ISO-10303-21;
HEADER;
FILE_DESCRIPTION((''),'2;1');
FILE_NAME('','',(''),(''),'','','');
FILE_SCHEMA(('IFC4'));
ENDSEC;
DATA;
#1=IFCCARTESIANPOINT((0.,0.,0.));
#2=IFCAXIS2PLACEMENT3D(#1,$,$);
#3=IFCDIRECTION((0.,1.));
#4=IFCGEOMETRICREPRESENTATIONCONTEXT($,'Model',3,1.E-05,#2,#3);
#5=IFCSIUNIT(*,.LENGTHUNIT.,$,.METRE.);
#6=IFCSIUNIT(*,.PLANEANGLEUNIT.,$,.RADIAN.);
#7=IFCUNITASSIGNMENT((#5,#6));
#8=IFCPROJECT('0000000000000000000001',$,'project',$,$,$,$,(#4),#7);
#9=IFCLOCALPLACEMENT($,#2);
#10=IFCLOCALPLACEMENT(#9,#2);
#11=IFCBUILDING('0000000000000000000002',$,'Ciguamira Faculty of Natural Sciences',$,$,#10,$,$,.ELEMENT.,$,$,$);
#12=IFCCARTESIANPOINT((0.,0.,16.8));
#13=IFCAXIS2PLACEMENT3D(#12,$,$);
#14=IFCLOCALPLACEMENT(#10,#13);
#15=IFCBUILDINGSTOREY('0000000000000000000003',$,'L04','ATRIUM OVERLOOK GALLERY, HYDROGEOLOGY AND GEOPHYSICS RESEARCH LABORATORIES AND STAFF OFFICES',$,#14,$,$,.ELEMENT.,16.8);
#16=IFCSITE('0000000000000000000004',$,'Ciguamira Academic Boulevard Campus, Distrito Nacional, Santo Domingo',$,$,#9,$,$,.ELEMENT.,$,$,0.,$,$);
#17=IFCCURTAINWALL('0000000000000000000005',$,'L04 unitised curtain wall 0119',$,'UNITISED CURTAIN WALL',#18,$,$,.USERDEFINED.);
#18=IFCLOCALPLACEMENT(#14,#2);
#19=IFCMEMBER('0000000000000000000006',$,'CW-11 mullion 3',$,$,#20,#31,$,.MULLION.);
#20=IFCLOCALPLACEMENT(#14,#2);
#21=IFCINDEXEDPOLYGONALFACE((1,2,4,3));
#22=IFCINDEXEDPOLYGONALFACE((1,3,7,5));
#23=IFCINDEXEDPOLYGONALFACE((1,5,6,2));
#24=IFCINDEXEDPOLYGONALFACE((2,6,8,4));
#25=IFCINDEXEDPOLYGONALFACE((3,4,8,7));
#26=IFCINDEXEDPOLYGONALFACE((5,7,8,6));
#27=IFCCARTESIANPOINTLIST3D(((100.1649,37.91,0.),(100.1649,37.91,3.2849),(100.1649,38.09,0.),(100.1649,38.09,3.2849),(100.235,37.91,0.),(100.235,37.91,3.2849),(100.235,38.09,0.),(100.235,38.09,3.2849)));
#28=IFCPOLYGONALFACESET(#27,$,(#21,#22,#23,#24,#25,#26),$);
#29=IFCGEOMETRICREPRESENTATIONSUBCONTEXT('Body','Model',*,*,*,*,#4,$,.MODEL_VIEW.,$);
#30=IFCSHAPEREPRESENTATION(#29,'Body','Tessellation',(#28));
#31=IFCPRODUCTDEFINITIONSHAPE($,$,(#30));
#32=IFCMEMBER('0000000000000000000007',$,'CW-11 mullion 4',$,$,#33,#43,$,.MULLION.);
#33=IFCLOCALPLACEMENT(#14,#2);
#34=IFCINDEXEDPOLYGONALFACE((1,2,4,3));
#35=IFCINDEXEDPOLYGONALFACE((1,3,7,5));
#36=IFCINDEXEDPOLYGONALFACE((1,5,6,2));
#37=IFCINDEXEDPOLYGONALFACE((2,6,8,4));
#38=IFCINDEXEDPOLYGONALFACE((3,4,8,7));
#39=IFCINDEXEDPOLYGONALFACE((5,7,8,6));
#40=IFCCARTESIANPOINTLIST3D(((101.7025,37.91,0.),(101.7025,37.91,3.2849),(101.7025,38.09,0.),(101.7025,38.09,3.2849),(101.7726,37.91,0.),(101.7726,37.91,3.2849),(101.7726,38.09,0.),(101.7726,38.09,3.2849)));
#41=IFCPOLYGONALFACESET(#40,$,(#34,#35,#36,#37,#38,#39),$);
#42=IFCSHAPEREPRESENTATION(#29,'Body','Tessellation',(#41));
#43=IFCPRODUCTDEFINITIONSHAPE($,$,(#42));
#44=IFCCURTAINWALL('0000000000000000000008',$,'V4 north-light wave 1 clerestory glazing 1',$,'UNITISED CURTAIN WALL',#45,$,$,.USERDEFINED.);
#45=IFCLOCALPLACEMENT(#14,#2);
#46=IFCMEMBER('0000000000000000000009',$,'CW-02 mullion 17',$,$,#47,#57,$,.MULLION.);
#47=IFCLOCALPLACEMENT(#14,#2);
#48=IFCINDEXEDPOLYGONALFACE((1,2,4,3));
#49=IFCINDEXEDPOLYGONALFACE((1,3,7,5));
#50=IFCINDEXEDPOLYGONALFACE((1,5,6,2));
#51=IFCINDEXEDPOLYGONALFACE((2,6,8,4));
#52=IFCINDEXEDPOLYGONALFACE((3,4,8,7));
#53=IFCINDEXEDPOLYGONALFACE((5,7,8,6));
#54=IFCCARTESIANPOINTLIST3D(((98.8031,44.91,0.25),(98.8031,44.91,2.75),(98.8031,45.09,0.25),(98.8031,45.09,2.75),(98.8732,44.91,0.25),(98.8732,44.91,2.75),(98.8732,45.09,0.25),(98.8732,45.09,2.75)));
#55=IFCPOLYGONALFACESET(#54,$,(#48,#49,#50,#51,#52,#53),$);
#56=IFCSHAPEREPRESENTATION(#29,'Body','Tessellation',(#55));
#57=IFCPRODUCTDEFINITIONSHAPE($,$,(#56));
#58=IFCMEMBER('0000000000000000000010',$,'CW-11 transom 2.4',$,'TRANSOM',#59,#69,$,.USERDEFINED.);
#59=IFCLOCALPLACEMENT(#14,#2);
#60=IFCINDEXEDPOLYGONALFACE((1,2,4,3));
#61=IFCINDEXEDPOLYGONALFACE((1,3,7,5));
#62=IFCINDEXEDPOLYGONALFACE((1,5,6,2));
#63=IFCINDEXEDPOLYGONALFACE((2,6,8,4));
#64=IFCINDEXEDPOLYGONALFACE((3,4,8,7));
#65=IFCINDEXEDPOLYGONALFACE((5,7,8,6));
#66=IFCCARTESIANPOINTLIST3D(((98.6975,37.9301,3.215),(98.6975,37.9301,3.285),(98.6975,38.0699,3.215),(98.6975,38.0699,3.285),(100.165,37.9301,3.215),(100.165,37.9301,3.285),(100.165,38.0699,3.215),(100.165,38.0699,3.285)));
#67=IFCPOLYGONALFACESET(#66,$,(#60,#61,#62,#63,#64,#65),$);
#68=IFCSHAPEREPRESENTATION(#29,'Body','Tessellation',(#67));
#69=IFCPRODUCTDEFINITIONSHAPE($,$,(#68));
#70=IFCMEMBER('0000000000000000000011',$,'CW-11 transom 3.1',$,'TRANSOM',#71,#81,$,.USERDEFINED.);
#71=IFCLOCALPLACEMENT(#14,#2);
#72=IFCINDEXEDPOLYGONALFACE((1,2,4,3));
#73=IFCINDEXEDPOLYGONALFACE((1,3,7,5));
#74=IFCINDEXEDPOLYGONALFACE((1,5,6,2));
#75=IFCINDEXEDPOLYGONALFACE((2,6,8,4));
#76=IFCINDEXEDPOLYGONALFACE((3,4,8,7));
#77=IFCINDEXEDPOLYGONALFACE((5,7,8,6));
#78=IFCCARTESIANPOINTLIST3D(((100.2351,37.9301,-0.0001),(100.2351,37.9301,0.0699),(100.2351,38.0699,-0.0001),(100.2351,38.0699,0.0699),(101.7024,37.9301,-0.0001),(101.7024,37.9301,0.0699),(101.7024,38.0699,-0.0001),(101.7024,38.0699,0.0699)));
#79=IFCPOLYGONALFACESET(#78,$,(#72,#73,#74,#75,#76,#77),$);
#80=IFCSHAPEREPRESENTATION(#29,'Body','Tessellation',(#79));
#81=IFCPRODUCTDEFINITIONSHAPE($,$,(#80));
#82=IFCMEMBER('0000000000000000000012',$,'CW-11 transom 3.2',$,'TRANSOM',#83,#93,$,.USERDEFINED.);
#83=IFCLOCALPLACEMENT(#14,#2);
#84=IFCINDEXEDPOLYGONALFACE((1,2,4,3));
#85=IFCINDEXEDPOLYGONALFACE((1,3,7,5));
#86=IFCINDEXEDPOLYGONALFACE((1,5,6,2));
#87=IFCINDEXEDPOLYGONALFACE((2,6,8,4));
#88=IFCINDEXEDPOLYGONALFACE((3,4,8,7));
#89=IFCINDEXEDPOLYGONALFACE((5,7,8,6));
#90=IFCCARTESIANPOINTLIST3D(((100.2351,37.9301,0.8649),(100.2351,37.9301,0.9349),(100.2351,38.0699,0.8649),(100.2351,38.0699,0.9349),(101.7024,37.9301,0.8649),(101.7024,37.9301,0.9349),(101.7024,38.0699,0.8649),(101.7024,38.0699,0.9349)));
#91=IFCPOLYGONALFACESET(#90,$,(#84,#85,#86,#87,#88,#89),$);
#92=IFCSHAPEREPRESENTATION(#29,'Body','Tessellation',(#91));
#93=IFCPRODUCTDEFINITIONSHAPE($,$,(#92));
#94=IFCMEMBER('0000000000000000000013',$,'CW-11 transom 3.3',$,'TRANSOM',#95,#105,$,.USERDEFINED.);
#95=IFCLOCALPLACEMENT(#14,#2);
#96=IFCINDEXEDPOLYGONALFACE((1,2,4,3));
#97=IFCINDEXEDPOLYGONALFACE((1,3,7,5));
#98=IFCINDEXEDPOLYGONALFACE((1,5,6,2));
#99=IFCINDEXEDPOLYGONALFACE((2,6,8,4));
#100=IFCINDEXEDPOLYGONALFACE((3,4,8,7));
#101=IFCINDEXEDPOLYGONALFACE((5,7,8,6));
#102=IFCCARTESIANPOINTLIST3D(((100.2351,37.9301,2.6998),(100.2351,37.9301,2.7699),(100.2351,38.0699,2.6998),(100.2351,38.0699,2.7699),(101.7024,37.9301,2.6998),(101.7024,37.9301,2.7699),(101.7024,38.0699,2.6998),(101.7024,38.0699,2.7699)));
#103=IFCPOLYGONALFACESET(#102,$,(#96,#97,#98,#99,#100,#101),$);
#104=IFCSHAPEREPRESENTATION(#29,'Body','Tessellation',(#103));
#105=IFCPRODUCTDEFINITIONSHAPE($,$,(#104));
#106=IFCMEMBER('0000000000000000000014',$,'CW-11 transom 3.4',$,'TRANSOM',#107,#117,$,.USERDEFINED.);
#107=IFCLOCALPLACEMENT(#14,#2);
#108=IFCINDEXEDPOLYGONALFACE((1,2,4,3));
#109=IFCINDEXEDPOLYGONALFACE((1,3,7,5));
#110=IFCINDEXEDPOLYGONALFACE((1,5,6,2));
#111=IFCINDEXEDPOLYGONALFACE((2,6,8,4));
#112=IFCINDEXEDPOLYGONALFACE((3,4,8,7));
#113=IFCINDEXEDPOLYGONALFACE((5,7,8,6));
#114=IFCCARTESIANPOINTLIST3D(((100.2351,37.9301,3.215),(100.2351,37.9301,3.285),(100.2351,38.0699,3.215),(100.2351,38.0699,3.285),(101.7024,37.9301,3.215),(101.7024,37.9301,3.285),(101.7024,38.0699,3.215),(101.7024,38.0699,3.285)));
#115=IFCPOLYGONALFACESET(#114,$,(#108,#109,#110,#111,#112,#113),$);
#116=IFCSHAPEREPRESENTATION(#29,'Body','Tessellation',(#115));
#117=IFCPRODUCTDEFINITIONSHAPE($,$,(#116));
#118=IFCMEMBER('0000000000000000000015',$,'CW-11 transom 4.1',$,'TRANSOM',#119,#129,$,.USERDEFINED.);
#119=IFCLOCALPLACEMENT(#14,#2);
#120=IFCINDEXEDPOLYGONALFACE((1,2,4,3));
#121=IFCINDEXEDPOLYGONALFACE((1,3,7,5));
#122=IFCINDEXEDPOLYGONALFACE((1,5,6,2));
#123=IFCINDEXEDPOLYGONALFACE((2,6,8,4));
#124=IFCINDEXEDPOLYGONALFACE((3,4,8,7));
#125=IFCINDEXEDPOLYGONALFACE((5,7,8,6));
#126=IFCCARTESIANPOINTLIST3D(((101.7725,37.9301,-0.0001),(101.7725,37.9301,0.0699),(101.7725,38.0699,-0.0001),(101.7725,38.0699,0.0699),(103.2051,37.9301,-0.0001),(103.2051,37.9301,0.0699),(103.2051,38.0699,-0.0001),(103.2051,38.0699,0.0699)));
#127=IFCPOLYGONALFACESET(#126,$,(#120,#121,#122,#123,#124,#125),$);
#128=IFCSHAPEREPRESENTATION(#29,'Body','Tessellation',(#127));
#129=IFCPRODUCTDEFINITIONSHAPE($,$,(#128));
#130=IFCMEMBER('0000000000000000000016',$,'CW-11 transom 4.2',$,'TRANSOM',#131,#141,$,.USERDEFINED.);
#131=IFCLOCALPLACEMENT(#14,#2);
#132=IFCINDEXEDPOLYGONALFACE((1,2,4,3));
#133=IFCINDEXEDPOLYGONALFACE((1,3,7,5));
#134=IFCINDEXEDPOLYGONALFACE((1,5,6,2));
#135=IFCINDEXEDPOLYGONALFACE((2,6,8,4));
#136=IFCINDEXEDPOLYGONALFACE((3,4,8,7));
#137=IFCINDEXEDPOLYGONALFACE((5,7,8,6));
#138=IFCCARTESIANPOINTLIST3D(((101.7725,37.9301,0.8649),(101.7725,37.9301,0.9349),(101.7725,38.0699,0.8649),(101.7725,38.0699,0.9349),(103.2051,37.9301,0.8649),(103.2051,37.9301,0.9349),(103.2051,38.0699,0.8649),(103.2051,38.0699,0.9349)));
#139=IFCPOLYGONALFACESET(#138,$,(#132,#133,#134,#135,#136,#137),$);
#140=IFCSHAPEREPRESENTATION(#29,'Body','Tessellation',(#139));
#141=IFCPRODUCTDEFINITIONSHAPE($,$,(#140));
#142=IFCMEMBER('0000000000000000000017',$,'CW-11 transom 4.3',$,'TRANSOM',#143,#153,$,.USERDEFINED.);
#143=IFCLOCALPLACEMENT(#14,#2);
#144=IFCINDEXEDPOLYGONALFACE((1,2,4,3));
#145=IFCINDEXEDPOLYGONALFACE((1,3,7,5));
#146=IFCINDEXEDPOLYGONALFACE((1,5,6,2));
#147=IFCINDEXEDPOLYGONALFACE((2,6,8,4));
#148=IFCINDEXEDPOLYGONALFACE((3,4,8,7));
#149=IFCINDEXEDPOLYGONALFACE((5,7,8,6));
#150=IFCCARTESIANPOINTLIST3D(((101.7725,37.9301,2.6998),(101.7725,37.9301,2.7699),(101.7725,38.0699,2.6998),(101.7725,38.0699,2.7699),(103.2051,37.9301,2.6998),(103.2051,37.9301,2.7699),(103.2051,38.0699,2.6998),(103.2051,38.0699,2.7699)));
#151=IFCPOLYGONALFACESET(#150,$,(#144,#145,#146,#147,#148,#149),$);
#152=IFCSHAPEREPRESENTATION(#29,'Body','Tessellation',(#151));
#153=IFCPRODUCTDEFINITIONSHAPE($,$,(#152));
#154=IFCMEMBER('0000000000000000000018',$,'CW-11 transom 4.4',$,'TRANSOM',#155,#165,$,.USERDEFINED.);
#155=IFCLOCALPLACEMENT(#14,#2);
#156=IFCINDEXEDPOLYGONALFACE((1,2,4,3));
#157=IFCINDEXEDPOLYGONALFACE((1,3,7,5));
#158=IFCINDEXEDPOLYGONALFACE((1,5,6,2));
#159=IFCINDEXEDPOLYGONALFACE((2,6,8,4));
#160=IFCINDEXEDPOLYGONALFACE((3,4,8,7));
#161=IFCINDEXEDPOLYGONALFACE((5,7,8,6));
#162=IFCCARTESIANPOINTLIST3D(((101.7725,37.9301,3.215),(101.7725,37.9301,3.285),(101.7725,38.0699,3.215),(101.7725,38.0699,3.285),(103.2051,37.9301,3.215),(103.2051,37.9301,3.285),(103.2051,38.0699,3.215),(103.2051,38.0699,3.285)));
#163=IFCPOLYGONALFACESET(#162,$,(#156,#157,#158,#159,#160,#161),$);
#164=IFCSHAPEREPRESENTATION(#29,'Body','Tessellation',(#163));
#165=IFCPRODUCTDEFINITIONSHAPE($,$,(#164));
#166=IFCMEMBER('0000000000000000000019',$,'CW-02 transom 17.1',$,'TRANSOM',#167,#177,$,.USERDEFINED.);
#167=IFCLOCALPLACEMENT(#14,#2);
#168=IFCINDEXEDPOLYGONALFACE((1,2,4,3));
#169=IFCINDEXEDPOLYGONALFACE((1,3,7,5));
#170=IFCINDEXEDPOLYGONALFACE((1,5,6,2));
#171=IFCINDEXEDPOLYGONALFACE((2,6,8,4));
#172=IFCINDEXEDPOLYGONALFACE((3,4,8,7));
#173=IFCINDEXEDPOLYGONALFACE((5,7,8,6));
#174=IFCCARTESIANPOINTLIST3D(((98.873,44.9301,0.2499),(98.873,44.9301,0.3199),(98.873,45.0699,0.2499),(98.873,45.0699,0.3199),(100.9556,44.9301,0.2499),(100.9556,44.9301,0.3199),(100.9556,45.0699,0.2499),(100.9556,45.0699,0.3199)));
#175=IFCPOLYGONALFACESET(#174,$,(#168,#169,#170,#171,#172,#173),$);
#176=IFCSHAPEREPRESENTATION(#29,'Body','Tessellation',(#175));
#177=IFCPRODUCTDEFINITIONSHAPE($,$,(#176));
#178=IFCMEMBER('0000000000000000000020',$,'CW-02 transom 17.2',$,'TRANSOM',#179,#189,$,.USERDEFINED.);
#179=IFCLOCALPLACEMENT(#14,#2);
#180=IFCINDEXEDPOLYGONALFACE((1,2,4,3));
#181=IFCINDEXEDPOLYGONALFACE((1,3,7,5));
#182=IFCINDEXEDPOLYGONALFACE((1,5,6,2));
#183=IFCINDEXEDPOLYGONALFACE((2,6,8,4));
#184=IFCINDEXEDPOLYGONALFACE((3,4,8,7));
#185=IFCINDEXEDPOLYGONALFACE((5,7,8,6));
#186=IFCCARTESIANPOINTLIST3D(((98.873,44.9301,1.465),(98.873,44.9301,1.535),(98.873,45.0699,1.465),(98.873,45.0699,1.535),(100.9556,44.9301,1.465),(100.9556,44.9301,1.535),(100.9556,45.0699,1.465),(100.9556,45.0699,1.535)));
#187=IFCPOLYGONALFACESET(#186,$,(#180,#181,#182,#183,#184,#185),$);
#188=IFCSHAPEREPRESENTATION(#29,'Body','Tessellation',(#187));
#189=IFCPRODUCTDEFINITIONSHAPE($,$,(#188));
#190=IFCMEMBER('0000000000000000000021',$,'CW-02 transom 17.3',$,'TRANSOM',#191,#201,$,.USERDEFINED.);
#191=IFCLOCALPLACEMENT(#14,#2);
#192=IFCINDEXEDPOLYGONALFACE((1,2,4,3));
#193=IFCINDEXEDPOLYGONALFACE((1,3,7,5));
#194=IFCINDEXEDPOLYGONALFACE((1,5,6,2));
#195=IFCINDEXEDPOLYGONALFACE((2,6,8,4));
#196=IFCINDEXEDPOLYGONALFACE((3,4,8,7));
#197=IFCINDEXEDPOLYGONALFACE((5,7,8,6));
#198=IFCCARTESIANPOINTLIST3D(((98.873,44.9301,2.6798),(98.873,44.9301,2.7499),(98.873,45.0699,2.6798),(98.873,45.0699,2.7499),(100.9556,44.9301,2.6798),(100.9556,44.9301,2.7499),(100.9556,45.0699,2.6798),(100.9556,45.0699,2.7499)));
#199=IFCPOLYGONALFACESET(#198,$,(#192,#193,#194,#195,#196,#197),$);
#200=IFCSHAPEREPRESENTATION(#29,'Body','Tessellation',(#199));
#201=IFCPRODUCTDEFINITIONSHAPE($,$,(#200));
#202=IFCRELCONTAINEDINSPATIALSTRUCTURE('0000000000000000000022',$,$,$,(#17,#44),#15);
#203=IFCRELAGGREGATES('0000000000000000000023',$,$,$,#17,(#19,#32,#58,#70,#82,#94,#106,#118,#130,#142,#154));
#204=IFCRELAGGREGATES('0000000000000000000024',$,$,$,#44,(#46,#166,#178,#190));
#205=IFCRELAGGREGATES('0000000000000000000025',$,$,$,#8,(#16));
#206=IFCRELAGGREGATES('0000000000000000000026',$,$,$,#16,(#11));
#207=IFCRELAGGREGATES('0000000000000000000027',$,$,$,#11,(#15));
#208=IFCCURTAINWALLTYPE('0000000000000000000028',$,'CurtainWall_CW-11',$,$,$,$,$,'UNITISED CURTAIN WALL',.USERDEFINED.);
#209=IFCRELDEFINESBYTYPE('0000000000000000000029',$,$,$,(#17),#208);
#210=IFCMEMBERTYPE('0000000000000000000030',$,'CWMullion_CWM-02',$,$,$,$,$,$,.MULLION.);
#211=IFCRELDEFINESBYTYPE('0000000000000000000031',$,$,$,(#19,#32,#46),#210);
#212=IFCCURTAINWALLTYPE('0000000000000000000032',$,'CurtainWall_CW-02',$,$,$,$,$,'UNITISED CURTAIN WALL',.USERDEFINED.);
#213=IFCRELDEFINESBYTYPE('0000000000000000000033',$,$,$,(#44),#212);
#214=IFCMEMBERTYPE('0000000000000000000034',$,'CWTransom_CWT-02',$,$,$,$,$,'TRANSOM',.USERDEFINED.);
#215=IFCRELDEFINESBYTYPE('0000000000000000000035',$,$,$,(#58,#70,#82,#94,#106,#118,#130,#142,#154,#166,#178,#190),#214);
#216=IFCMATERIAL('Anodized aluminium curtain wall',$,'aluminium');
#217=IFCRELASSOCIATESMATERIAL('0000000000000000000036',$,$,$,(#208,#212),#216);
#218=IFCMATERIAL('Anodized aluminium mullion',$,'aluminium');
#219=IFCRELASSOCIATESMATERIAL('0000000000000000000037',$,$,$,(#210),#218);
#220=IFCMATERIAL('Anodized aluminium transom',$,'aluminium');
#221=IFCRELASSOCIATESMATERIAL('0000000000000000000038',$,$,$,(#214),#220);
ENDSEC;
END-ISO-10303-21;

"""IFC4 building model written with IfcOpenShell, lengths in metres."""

from ifc_helpers import new_model, si_unit, direction, frame, origin, origin_2d, place, context, subcontext, project, spatial, rectangle, extrude, material, material_profile, profile_set, type_object, element, aggregate, save


model = new_model("IFC4")

# Units and contexts
model_context = context("Model", 3, precision=1e-05, world=origin(), true_north=direction((0.0, 1.0)))
body_context = subcontext(model_context, "Body", "Model", "MODEL_VIEW")
ifc_project = project(units=[si_unit("LENGTHUNIT", "METRE"), si_unit("PLANEANGLEUNIT", "RADIAN")], contexts=[model_context])

# Site, building, storey
site_placement = place(None, origin())
site = spatial("IfcSite", under=ifc_project, at=site_placement, Name="Ciguamira Academic Boulevard Campus, Distrito Nacional, Santo Domingo", CompositionType="ELEMENT", RefElevation=0.0)
building_placement = place(site_placement, origin())
building = spatial("IfcBuilding", under=site, at=building_placement, Name="Ciguamira Faculty of Natural Sciences", CompositionType="ELEMENT")
storey_placement = place(building_placement, frame((0.0, 0.0, 16.8)))
storey = spatial("IfcBuildingStorey", under=building, at=storey_placement, Name="L04", Description="ATRIUM OVERLOOK GALLERY, HYDROGEOLOGY AND GEOPHYSICS RESEARCH LABORATORIES AND STAFF OFFICES", CompositionType="ELEMENT", Elevation=16.8)

# Curtain wall, members
ifc_material_1 = material(Name="Anodized aluminium curtain wall", Category="aluminium")
curtain_wall_type_1 = type_object("IfcCurtainWallType", Name="CurtainWall_CW-11", ElementType="UNITISED CURTAIN WALL", PredefinedType="USERDEFINED", material=ifc_material_1)
curtain_wall_1_placement = place(storey_placement, origin())
curtain_wall_1 = element("IfcCurtainWall", 1, at=curtain_wall_1_placement, inside=storey, type_object=curtain_wall_type_1, Name="L04 unitised curtain wall 0119", ObjectType="UNITISED CURTAIN WALL", PredefinedType="USERDEFINED")
ifc_material_2 = material(Name="Anodized aluminium mullion", Category="aluminium")
ifc_material_profile_1 = material_profile(ifc_material_2, rectangle(XDim=0.0701, YDim=0.1799, at=origin_2d()), Name="ALU-MUL-70X180")
ifc_profile_set_1 = profile_set([ifc_material_profile_1], Name="Anodized aluminium mullion")
member_type_1 = type_object("IfcMemberType", Name="CWMullion_CWM-02", PredefinedType="MULLION", material=ifc_profile_set_1)
member_1_placement = place(storey_placement, frame((100.2, 38.0, 0.0), z_axis=(0.0, 0.0, 1.0), x_axis=(1.0, 0.0, 0.0)))
member_1 = element("IfcMember", 2, at=member_1_placement, type_object=member_type_1, Name="CW-11 mullion 3", PredefinedType="MULLION", context=body_context, shape_type="SweptSolid", body=[
    extrude(rectangle(XDim=0.0701, YDim=0.1799, at=origin_2d()), origin(), (0.0, 0.0, 1.0), 3.2849),
])
member_2_placement = place(storey_placement, frame((101.7375, 38.0, 0.0), z_axis=(0.0, 0.0, 1.0), x_axis=(1.0, 0.0, 0.0)))
member_2 = element("IfcMember", 3, at=member_2_placement, type_object=member_type_1, Name="CW-11 mullion 4", PredefinedType="MULLION", context=body_context, shape_type="SweptSolid", body=[
    extrude(rectangle(XDim=0.0701, YDim=0.1799, at=origin_2d()), origin(), (0.0, 0.0, 1.0), 3.2849),
])

# Curtain wall, member
curtain_wall_type_2 = type_object("IfcCurtainWallType", Name="CurtainWall_CW-02", ElementType="UNITISED CURTAIN WALL", PredefinedType="USERDEFINED", material=ifc_material_1)
curtain_wall_2_placement = place(storey_placement, origin())
curtain_wall_2 = element("IfcCurtainWall", 4, at=curtain_wall_2_placement, inside=storey, type_object=curtain_wall_type_2, Name="V4 north-light wave 1 clerestory glazing 1", ObjectType="UNITISED CURTAIN WALL", PredefinedType="USERDEFINED")
member_3_placement = place(storey_placement, frame((98.8381, 45.0, 0.25), z_axis=(0.0, 0.0, 1.0), x_axis=(1.0, 0.0, 0.0)))
member_3 = element("IfcMember", 5, at=member_3_placement, type_object=member_type_1, Name="CW-02 mullion 17", PredefinedType="MULLION", context=body_context, shape_type="SweptSolid", body=[
    extrude(rectangle(XDim=0.0701, YDim=0.1799, at=origin_2d()), origin(), (0.0, 0.0, 1.0), 2.5),
])

# Members
ifc_material_3 = material(Name="Anodized aluminium transom", Category="aluminium")
ifc_material_profile_2 = material_profile(ifc_material_3, rectangle(XDim=0.0701, YDim=0.1399, at=origin_2d()), Name="ALU-TRN-70X140")
ifc_profile_set_2 = profile_set([ifc_material_profile_2], Name="Anodized aluminium transom")
member_type_2 = type_object("IfcMemberType", Name="CWTransom_CWT-02", ElementType="TRANSOM", PredefinedType="USERDEFINED", material=ifc_profile_set_2)
member_4_placement = place(storey_placement, frame((98.6975, 38.0, 3.25), z_axis=(1.0, 0.0, 0.0), x_axis=(0.0, 0.0, 1.0)))
member_4 = element("IfcMember", 6, at=member_4_placement, type_object=member_type_2, Name="CW-11 transom 2.4", ObjectType="TRANSOM", PredefinedType="USERDEFINED", context=body_context, shape_type="SweptSolid", body=[
    extrude(rectangle(XDim=0.0701, YDim=0.1399, at=origin_2d()), origin(), (0.0, 0.0, 1.0), 1.4675),
])
member_5_placement = place(storey_placement, frame((100.2351, 38.0, 0.0349), z_axis=(1.0, 0.0, 0.0), x_axis=(0.0, 0.0, 1.0)))
member_5 = element("IfcMember", 7, at=member_5_placement, type_object=member_type_2, Name="CW-11 transom 3.1", ObjectType="TRANSOM", PredefinedType="USERDEFINED", context=body_context, shape_type="SweptSolid", body=[
    extrude(rectangle(XDim=0.0701, YDim=0.1399, at=origin_2d()), origin(), (0.0, 0.0, 1.0), 1.4673),
])
member_6_placement = place(storey_placement, frame((100.2351, 38.0, 0.8999), z_axis=(1.0, 0.0, 0.0), x_axis=(0.0, 0.0, 1.0)))
member_6 = element("IfcMember", 8, at=member_6_placement, type_object=member_type_2, Name="CW-11 transom 3.2", ObjectType="TRANSOM", PredefinedType="USERDEFINED", context=body_context, shape_type="SweptSolid", body=[
    extrude(rectangle(XDim=0.0701, YDim=0.1399, at=origin_2d()), origin(), (0.0, 0.0, 1.0), 1.4673),
])
member_7_placement = place(storey_placement, frame((100.2351, 38.0, 2.7349), z_axis=(1.0, 0.0, 0.0), x_axis=(0.0, 0.0, 1.0)))
member_7 = element("IfcMember", 9, at=member_7_placement, type_object=member_type_2, Name="CW-11 transom 3.3", ObjectType="TRANSOM", PredefinedType="USERDEFINED", context=body_context, shape_type="SweptSolid", body=[
    extrude(rectangle(XDim=0.0701, YDim=0.1399, at=origin_2d()), origin(), (0.0, 0.0, 1.0), 1.4673),
])
member_8_placement = place(storey_placement, frame((100.2351, 38.0, 3.25), z_axis=(1.0, 0.0, 0.0), x_axis=(0.0, 0.0, 1.0)))
member_8 = element("IfcMember", 10, at=member_8_placement, type_object=member_type_2, Name="CW-11 transom 3.4", ObjectType="TRANSOM", PredefinedType="USERDEFINED", context=body_context, shape_type="SweptSolid", body=[
    extrude(rectangle(XDim=0.0701, YDim=0.1399, at=origin_2d()), origin(), (0.0, 0.0, 1.0), 1.4673),
])
member_9_placement = place(storey_placement, frame((101.7725, 38.0, 0.0349), z_axis=(1.0, 0.0, 0.0), x_axis=(0.0, 0.0, 1.0)))
member_9 = element("IfcMember", 11, at=member_9_placement, type_object=member_type_2, Name="CW-11 transom 4.1", ObjectType="TRANSOM", PredefinedType="USERDEFINED", context=body_context, shape_type="SweptSolid", body=[
    extrude(rectangle(XDim=0.0701, YDim=0.1399, at=origin_2d()), origin(), (0.0, 0.0, 1.0), 1.4326),
])
member_10_placement = place(storey_placement, frame((101.7725, 38.0, 0.8999), z_axis=(1.0, 0.0, 0.0), x_axis=(0.0, 0.0, 1.0)))
member_10 = element("IfcMember", 12, at=member_10_placement, type_object=member_type_2, Name="CW-11 transom 4.2", ObjectType="TRANSOM", PredefinedType="USERDEFINED", context=body_context, shape_type="SweptSolid", body=[
    extrude(rectangle(XDim=0.0701, YDim=0.1399, at=origin_2d()), origin(), (0.0, 0.0, 1.0), 1.4326),
])
member_11_placement = place(storey_placement, frame((101.7725, 38.0, 2.7349), z_axis=(1.0, 0.0, 0.0), x_axis=(0.0, 0.0, 1.0)))
member_11 = element("IfcMember", 13, at=member_11_placement, type_object=member_type_2, Name="CW-11 transom 4.3", ObjectType="TRANSOM", PredefinedType="USERDEFINED", context=body_context, shape_type="SweptSolid", body=[
    extrude(rectangle(XDim=0.0701, YDim=0.1399, at=origin_2d()), origin(), (0.0, 0.0, 1.0), 1.4326),
])
member_12_placement = place(storey_placement, frame((101.7725, 38.0, 3.25), z_axis=(1.0, 0.0, 0.0), x_axis=(0.0, 0.0, 1.0)))
member_12 = element("IfcMember", 14, at=member_12_placement, type_object=member_type_2, Name="CW-11 transom 4.4", ObjectType="TRANSOM", PredefinedType="USERDEFINED", context=body_context, shape_type="SweptSolid", body=[
    extrude(rectangle(XDim=0.0701, YDim=0.1399, at=origin_2d()), origin(), (0.0, 0.0, 1.0), 1.4326),
])
member_13_placement = place(storey_placement, frame((98.873, 45.0, 0.2849), z_axis=(1.0, 0.0, 0.0), x_axis=(0.0, 0.0, 1.0)))
member_13 = element("IfcMember", 15, at=member_13_placement, type_object=member_type_2, Name="CW-02 transom 17.1", ObjectType="TRANSOM", PredefinedType="USERDEFINED", context=body_context, shape_type="SweptSolid", body=[
    extrude(rectangle(XDim=0.0701, YDim=0.1399, at=origin_2d()), origin(), (0.0, 0.0, 1.0), 2.0825),
])
member_14_placement = place(storey_placement, frame((98.873, 45.0, 1.5), z_axis=(1.0, 0.0, 0.0), x_axis=(0.0, 0.0, 1.0)))
member_14 = element("IfcMember", 16, at=member_14_placement, type_object=member_type_2, Name="CW-02 transom 17.2", ObjectType="TRANSOM", PredefinedType="USERDEFINED", context=body_context, shape_type="SweptSolid", body=[
    extrude(rectangle(XDim=0.0701, YDim=0.1399, at=origin_2d()), origin(), (0.0, 0.0, 1.0), 2.0825),
])
member_15_placement = place(storey_placement, frame((98.873, 45.0, 2.7148), z_axis=(1.0, 0.0, 0.0), x_axis=(0.0, 0.0, 1.0)))
member_15 = element("IfcMember", 17, at=member_15_placement, type_object=member_type_2, Name="CW-02 transom 17.3", ObjectType="TRANSOM", PredefinedType="USERDEFINED", context=body_context, shape_type="SweptSolid", body=[
    extrude(rectangle(XDim=0.0701, YDim=0.1399, at=origin_2d()), origin(), (0.0, 0.0, 1.0), 2.0825),
])

aggregate(curtain_wall_1, [member_1, member_2, member_4, member_5, member_6, member_7, member_8, member_9, member_10, member_11, member_12])
aggregate(curtain_wall_2, [member_3, member_13, member_14, member_15])

save(model, "model.ifc")
